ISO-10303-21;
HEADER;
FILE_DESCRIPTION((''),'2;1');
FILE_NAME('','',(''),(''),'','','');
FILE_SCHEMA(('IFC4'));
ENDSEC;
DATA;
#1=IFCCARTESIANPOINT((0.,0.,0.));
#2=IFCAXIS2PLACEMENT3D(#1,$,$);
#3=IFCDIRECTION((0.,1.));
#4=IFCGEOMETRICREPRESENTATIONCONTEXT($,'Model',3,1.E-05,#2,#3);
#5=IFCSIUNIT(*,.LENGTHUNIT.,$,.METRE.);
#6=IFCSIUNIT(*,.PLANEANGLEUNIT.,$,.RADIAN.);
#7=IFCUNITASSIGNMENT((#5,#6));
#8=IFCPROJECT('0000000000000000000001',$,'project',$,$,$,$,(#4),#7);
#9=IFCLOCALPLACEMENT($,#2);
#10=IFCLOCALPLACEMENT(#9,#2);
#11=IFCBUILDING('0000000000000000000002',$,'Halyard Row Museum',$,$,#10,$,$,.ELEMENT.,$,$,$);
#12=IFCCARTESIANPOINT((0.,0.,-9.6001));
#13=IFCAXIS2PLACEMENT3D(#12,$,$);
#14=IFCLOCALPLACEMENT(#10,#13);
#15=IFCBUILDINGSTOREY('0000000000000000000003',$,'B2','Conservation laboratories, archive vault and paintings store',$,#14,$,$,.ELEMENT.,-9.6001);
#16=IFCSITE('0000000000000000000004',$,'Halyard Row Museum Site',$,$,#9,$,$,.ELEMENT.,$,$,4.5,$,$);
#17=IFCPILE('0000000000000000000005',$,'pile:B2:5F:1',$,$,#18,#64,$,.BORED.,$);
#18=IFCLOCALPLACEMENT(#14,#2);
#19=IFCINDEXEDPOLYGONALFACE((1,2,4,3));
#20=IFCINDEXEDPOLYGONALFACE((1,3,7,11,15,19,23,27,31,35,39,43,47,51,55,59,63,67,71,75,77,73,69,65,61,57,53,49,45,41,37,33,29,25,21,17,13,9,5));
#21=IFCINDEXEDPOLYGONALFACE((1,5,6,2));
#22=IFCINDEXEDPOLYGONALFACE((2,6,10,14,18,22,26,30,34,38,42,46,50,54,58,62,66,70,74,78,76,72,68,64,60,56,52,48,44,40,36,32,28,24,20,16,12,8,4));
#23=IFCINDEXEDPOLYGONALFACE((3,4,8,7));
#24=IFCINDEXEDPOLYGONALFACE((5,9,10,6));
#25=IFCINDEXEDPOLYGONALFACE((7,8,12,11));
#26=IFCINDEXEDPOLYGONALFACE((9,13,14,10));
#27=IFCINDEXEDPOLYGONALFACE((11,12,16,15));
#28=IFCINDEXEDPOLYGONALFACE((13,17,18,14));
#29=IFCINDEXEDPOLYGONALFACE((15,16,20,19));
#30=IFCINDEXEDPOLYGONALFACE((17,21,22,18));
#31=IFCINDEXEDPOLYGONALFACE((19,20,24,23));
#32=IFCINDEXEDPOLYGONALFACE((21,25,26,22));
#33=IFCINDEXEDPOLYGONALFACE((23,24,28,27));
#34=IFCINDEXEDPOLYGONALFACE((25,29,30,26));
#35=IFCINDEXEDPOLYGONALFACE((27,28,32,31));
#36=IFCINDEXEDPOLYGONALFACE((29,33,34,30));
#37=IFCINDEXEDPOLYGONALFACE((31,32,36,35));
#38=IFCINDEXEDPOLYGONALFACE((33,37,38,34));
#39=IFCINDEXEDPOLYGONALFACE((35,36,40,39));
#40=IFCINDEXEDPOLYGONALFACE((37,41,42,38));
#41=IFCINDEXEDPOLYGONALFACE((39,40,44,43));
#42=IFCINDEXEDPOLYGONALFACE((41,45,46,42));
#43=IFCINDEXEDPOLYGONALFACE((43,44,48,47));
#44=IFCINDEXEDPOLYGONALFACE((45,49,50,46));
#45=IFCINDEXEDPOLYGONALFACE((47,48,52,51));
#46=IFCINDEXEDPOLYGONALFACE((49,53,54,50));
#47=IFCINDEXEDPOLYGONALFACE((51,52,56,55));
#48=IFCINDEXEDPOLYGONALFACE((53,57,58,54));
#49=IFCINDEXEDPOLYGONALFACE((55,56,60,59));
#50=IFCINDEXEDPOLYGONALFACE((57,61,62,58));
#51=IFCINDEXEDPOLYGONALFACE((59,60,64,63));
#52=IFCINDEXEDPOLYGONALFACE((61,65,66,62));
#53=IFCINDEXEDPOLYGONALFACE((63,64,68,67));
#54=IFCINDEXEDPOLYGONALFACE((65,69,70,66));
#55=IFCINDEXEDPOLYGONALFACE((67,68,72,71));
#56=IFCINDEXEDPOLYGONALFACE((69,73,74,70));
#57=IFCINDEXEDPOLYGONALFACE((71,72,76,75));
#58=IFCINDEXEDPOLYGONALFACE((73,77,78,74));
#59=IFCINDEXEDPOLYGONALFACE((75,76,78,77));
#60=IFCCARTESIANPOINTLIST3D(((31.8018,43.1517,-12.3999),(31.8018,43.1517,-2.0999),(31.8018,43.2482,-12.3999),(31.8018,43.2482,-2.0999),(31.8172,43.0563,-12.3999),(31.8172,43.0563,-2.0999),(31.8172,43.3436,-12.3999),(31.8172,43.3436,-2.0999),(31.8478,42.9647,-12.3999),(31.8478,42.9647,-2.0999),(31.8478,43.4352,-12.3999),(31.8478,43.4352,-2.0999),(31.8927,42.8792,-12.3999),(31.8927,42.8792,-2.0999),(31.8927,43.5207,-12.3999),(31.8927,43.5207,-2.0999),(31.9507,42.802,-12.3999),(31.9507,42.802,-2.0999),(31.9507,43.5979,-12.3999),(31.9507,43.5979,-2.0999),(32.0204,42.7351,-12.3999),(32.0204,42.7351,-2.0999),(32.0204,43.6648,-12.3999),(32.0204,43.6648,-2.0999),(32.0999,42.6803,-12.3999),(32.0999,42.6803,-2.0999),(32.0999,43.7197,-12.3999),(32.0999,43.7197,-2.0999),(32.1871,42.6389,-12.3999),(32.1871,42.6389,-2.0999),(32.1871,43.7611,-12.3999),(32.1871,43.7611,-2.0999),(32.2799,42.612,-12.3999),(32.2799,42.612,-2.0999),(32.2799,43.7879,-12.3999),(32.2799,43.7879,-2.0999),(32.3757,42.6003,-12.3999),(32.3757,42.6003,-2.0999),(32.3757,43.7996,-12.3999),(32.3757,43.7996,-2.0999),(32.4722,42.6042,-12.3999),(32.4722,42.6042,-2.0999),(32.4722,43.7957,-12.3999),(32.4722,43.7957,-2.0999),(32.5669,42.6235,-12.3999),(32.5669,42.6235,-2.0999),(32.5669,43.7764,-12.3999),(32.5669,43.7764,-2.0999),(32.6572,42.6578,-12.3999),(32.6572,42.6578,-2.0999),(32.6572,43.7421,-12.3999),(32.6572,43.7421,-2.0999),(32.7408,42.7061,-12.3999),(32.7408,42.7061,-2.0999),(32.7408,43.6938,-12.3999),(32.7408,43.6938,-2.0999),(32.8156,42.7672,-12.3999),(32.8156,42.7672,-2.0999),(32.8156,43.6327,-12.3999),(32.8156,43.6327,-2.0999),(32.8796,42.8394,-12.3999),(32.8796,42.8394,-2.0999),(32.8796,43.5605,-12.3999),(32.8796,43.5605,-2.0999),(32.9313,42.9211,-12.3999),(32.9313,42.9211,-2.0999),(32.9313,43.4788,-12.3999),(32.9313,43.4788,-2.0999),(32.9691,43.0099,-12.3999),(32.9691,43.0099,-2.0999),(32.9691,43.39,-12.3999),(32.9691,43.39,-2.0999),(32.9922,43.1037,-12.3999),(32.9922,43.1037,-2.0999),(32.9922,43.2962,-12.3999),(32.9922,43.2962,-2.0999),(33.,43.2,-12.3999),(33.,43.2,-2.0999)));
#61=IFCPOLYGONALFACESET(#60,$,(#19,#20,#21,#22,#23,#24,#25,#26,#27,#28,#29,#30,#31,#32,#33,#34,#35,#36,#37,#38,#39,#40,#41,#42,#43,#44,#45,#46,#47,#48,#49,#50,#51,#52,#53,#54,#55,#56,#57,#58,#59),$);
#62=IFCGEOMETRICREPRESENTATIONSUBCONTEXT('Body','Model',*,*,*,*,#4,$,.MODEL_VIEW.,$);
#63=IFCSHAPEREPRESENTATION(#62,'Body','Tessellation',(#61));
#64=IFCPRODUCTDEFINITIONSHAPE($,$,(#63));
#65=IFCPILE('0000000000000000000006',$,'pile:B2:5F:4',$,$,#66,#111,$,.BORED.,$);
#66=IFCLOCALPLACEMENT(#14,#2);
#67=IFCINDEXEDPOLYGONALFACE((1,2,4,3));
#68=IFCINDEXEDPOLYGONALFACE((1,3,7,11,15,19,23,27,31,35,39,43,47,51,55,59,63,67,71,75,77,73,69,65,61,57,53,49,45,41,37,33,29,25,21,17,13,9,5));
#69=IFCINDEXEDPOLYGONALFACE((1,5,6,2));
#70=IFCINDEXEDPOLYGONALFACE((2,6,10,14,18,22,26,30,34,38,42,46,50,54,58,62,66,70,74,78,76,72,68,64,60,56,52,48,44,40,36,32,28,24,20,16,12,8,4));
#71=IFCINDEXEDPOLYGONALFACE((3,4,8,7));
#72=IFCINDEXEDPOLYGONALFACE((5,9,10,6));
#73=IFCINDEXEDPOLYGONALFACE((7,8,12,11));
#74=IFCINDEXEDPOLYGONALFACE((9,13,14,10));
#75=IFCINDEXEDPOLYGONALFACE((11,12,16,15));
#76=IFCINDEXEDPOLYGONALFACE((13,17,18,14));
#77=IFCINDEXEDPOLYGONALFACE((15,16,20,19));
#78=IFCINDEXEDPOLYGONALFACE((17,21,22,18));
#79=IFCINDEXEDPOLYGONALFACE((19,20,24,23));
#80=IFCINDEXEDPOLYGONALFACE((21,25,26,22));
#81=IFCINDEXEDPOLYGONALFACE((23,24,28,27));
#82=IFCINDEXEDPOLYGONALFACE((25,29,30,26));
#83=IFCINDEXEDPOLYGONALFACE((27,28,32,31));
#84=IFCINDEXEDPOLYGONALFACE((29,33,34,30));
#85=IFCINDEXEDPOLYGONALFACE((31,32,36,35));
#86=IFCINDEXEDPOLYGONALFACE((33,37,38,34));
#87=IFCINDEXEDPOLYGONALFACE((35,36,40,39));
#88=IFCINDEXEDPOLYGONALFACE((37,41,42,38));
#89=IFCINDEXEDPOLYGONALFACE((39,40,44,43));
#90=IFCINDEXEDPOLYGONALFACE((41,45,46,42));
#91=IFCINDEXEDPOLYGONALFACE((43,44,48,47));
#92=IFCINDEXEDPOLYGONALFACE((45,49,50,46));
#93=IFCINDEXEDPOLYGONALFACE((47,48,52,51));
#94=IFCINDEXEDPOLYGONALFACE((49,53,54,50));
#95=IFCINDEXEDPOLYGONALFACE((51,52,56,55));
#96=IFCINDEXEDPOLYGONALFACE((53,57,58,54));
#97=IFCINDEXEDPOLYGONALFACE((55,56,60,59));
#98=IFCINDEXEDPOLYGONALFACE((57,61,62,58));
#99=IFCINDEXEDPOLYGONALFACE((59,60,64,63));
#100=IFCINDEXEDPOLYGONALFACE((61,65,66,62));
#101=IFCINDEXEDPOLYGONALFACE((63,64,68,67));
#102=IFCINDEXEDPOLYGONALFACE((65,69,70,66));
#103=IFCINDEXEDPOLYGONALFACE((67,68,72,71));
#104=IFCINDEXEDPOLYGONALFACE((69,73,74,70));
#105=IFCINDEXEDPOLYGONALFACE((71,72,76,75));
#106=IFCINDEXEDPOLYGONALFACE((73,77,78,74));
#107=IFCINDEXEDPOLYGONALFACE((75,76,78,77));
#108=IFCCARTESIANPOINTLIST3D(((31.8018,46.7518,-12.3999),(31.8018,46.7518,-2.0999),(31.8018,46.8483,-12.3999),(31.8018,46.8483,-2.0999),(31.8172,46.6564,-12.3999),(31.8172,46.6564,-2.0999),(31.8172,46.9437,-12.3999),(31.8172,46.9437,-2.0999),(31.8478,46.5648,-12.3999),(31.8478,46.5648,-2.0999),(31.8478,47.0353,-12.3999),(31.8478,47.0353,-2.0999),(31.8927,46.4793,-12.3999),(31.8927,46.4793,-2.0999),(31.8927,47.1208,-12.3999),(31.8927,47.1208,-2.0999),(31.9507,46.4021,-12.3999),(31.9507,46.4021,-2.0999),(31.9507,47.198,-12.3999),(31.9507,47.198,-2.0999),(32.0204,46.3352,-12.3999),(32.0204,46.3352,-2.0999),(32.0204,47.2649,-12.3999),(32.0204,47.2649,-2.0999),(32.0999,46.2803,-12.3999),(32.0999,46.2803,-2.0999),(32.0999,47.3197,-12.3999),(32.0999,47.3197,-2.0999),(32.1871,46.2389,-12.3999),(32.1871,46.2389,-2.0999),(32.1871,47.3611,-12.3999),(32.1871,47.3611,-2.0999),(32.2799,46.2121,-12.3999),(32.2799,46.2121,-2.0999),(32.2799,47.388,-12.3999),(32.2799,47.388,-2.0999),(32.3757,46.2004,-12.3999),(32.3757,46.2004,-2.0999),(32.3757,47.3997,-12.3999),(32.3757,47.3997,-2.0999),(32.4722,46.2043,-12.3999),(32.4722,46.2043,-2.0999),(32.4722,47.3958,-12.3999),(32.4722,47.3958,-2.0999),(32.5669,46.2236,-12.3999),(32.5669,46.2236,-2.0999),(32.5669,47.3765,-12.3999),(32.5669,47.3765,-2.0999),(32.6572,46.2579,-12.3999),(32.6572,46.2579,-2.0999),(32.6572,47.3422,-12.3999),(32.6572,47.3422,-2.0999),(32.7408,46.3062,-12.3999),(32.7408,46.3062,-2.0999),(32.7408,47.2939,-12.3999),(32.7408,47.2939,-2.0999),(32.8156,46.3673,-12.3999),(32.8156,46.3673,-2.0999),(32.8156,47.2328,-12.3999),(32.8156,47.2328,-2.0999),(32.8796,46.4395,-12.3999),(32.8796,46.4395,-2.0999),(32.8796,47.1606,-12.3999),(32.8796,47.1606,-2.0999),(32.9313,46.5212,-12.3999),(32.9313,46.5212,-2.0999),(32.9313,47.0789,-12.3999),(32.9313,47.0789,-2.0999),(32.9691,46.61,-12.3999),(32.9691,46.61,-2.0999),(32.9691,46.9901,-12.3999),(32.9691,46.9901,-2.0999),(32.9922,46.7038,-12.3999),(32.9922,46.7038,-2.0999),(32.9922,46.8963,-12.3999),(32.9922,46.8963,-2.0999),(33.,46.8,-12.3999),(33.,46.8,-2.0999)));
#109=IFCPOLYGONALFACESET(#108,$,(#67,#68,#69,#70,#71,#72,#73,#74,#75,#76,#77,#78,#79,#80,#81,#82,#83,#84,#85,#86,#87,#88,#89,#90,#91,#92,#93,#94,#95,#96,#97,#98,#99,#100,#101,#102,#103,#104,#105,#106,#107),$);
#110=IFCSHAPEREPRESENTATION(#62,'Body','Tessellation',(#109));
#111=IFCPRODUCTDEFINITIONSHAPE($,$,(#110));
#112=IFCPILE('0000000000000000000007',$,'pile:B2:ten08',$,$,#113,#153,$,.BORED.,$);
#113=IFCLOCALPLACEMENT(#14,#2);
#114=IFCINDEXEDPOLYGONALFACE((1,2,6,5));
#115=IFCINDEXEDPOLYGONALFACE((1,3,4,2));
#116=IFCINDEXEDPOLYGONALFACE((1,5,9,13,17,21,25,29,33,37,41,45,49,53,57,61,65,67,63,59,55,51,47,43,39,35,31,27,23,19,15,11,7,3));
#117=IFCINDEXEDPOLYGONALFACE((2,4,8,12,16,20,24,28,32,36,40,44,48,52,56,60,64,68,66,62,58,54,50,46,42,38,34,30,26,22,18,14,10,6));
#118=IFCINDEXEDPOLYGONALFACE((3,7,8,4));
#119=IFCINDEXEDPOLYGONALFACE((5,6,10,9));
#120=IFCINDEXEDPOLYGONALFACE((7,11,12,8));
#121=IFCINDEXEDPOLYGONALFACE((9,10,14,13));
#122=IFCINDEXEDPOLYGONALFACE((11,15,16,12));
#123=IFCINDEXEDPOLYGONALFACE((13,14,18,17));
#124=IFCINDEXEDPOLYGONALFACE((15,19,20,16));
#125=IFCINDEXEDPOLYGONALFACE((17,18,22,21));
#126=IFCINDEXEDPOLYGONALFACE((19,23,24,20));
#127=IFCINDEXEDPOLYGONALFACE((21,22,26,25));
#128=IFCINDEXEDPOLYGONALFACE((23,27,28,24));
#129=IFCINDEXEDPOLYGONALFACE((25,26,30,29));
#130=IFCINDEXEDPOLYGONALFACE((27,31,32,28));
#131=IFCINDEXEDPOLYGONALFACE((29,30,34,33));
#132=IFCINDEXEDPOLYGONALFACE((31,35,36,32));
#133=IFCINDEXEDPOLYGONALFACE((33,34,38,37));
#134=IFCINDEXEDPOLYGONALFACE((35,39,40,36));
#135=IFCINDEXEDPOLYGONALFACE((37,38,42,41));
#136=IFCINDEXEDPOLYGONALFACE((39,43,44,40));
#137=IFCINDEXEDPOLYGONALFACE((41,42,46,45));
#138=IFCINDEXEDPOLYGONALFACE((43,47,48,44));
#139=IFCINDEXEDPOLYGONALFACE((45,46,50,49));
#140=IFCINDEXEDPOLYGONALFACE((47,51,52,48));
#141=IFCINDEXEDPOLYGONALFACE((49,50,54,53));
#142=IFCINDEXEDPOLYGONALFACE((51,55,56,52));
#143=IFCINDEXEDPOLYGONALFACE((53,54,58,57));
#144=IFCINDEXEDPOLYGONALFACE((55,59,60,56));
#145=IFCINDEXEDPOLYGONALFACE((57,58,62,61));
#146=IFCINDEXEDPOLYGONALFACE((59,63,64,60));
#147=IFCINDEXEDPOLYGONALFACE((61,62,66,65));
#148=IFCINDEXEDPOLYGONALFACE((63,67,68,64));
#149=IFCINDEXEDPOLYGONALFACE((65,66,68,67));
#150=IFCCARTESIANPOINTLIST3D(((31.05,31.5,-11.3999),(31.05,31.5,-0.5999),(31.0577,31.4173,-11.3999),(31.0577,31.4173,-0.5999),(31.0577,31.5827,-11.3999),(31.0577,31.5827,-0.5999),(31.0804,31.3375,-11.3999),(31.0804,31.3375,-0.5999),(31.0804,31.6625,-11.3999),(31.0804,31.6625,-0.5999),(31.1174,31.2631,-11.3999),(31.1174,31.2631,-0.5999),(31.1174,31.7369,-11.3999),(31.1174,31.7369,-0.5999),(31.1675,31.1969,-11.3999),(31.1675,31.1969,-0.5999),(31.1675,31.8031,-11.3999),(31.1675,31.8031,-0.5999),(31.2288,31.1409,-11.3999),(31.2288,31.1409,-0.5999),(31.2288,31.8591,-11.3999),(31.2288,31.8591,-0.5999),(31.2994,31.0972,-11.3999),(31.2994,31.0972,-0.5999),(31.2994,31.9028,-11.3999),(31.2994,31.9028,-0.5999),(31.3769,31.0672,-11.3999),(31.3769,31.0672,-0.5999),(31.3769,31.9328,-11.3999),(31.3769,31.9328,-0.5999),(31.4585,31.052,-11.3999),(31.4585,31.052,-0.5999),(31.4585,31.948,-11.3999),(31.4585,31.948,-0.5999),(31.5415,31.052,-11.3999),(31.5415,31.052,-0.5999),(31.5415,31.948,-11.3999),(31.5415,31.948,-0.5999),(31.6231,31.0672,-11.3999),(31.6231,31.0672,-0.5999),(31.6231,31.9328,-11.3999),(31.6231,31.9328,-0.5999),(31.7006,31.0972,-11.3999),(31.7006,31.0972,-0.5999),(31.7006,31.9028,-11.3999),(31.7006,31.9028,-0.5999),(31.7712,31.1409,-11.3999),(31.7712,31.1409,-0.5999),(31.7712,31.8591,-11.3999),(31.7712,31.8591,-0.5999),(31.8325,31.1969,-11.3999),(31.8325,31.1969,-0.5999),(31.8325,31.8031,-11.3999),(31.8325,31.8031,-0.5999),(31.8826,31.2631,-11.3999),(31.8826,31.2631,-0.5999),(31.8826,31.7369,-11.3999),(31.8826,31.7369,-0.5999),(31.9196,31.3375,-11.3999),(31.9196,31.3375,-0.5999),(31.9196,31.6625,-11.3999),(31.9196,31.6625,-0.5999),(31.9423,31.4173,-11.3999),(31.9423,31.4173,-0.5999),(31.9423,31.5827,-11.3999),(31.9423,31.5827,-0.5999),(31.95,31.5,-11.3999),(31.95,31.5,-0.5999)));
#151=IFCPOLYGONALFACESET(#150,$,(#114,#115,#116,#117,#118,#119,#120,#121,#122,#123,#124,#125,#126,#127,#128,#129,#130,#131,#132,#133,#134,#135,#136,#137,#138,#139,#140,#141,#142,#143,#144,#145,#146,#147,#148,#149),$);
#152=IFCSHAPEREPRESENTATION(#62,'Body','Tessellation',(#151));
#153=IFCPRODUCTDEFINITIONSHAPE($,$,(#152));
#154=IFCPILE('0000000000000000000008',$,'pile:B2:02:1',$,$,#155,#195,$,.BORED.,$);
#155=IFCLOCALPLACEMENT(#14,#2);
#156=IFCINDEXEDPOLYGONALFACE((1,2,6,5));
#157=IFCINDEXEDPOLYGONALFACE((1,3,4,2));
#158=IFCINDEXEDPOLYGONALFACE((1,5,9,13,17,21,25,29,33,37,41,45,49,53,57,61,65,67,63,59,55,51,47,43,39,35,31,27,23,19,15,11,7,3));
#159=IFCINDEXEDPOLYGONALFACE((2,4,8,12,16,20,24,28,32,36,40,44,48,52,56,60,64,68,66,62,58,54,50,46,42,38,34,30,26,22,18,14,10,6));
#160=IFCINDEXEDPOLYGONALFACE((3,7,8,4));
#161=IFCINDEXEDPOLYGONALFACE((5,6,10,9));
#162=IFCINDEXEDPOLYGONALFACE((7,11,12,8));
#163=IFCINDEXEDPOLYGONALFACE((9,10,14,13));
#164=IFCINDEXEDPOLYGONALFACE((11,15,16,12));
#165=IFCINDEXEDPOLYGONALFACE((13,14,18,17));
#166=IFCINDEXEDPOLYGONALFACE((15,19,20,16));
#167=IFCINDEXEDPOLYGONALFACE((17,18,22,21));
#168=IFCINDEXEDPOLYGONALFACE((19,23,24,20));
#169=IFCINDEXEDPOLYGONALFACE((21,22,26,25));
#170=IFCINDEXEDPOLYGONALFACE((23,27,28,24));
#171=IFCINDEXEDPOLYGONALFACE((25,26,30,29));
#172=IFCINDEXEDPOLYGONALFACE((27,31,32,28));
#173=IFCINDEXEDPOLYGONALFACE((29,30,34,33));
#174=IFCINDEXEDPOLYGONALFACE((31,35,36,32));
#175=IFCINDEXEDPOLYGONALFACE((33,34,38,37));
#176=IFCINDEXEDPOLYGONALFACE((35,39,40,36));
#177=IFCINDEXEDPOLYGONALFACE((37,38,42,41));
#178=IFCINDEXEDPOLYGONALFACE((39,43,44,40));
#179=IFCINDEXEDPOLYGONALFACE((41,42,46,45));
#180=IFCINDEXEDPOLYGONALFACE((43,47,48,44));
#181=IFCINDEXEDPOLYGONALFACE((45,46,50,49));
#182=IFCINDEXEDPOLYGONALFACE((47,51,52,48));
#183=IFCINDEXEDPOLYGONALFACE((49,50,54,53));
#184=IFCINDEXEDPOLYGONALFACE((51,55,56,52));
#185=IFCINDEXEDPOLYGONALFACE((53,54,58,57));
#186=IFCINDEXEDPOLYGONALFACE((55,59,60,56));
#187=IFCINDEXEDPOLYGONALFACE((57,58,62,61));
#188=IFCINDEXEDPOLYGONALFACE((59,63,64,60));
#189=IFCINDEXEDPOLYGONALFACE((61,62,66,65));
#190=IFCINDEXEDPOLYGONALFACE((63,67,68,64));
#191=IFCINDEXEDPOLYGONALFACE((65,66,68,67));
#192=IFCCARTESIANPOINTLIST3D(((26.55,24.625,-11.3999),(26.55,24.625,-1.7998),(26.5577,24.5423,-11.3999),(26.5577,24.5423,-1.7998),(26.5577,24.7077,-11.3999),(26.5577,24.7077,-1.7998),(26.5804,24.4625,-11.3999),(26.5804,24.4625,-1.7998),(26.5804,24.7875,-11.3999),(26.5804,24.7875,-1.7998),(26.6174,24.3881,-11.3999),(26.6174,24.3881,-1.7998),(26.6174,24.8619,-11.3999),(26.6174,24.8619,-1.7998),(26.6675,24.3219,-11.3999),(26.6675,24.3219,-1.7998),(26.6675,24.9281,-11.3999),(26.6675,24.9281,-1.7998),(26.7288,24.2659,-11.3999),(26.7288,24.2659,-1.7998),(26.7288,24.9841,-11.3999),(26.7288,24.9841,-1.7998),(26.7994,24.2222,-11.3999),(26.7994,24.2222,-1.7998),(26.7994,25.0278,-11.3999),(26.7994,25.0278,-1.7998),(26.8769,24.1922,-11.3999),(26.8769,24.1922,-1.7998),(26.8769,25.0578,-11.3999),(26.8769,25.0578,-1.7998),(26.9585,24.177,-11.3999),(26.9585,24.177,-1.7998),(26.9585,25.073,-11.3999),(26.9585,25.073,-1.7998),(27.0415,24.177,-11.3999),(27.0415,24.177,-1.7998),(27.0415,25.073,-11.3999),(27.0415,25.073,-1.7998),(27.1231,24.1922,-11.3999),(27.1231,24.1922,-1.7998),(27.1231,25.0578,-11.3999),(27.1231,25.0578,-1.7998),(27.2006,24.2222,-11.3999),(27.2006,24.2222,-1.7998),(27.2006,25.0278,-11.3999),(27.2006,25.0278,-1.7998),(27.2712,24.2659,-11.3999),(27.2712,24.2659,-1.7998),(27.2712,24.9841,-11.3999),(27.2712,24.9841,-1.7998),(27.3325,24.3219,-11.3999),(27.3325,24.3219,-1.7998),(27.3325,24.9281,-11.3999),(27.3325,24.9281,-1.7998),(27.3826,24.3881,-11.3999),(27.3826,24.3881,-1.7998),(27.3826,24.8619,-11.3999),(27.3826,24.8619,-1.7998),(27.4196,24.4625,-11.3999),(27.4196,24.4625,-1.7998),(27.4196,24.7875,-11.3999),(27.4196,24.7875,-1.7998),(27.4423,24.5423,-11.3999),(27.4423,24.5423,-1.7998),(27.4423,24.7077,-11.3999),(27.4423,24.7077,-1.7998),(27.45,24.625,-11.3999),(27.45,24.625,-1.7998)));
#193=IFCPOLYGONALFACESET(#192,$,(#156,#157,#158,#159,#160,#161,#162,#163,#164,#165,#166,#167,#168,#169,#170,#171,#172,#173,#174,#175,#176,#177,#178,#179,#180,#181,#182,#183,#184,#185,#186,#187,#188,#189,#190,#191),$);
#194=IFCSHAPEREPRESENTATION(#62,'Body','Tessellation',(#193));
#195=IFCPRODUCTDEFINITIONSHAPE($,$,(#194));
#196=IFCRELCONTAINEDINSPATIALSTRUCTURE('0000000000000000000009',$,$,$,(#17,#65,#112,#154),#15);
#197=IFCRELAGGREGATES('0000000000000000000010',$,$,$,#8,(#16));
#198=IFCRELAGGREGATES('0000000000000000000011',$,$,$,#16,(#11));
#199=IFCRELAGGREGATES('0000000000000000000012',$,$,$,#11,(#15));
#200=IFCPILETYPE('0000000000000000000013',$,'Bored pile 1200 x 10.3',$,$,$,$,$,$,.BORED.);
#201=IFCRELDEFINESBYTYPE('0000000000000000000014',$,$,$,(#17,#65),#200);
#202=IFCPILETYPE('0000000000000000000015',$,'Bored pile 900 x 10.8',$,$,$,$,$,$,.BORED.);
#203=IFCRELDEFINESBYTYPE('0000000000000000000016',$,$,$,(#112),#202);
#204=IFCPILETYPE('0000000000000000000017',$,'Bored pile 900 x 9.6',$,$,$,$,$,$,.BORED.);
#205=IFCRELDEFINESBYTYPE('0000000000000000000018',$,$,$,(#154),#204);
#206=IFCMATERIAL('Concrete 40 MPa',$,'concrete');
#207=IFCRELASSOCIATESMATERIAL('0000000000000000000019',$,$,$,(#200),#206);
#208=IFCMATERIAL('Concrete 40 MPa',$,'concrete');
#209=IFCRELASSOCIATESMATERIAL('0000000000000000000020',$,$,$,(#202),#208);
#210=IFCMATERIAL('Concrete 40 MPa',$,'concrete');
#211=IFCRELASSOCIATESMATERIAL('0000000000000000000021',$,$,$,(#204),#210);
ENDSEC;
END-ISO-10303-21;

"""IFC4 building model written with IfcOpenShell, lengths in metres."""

from ifc_helpers import new_model, si_unit, direction, frame, origin, origin_2d, place, context, subcontext, project, spatial, circle, extrude, material, material_profile, profile_set, type_object, element, save


model = new_model("IFC4")

# Units and contexts
model_context = context("Model", 3, precision=1e-05, world=origin(), true_north=direction((0.0, 1.0)))
body_context = subcontext(model_context, "Body", "Model", "MODEL_VIEW")
ifc_project = project(units=[si_unit("LENGTHUNIT", "METRE"), si_unit("PLANEANGLEUNIT", "RADIAN")], contexts=[model_context])

# Site, building, storey
site_placement = place(None, origin())
site = spatial("IfcSite", under=ifc_project, at=site_placement, Name="Halyard Row Museum Site", CompositionType="ELEMENT", RefElevation=4.5)
building_placement = place(site_placement, origin())
building = spatial("IfcBuilding", under=site, at=building_placement, Name="Halyard Row Museum", CompositionType="ELEMENT")
storey_placement = place(building_placement, frame((0.0, 0.0, -9.6001)))
storey = spatial("IfcBuildingStorey", under=building, at=storey_placement, Name="B2", Description="Conservation laboratories, archive vault and paintings store", CompositionType="ELEMENT", Elevation=-9.6001)

# Piles
ifc_material_1 = material(Name="Concrete 40 MPa", Category="concrete")
ifc_material_profile_1 = material_profile(ifc_material_1, circle(Radius=0.6001, at=origin_2d()), Name="Bored pile 1200 x 10.3")
ifc_profile_set_1 = profile_set([ifc_material_profile_1], Name="Concrete 40 MPa")
pile_type_1 = type_object("IfcPileType", Name="Bored pile 1200 x 10.3", PredefinedType="BORED", material=ifc_profile_set_1)
for number, where, z_axis, x_axis, name in (
    (1, (32.3999, 43.2, -2.0999), (0.0, 0.0, -1.0), (1.0, 0.0, 0.0), "pile:B2:5F:1"),
    (2, (32.3999, 46.8, -2.0999), (0.0, 0.0, -1.0), (1.0, 0.0, 0.0), "pile:B2:5F:4"),
):
    element("IfcPile", number, at=place(storey_placement, frame(where, z_axis=z_axis, x_axis=x_axis)), inside=storey, type_object=pile_type_1, Name=name, PredefinedType="BORED", context=body_context, shape_type="SweptSolid", body=[
        extrude(circle(Radius=0.6001, at=origin_2d()), origin(), (0.0, 0.0, 1.0), 10.3),
    ])
ifc_material_2 = material(Name="Concrete 40 MPa", Category="concrete")
ifc_material_profile_2 = material_profile(ifc_material_2, circle(Radius=0.45, at=origin_2d()), Name="Bored pile 900 x 10.8")
ifc_profile_set_2 = profile_set([ifc_material_profile_2], Name="Concrete 40 MPa")
pile_type_2 = type_object("IfcPileType", Name="Bored pile 900 x 10.8", PredefinedType="BORED", material=ifc_profile_set_2)
pile_placement = place(storey_placement, frame((31.5, 31.5, -0.5999), z_axis=(0.0, 0.0, -1.0), x_axis=(1.0, 0.0, 0.0)))
element("IfcPile", 3, at=pile_placement, inside=storey, type_object=pile_type_2, Name="pile:B2:ten08", PredefinedType="BORED", context=body_context, shape_type="SweptSolid", body=[
    extrude(circle(Radius=0.45, at=origin_2d()), origin(), (0.0, 0.0, 1.0), 10.8),
])
ifc_material_3 = material(Name="Concrete 40 MPa", Category="concrete")
ifc_material_profile_3 = material_profile(ifc_material_3, circle(Radius=0.45, at=origin_2d()), Name="Bored pile 900 x 9.6")
ifc_profile_set_3 = profile_set([ifc_material_profile_3], Name="Concrete 40 MPa")
pile_type_3 = type_object("IfcPileType", Name="Bored pile 900 x 9.6", PredefinedType="BORED", material=ifc_profile_set_3)
for number, where, z_axis, x_axis, name in (
    (4, (27.0, 24.625, -1.7998), (0.0, 0.0, -1.0), (1.0, 0.0, 0.0), "pile:B2:02:1"),
):
    element("IfcPile", number, at=place(storey_placement, frame(where, z_axis=z_axis, x_axis=x_axis)), inside=storey, type_object=pile_type_3, Name=name, PredefinedType="BORED", context=body_context, shape_type="SweptSolid", body=[
        extrude(circle(Radius=0.45, at=origin_2d()), origin(), (0.0, 0.0, 1.0), 9.6001),
    ])

save(model, "model.ifc")
